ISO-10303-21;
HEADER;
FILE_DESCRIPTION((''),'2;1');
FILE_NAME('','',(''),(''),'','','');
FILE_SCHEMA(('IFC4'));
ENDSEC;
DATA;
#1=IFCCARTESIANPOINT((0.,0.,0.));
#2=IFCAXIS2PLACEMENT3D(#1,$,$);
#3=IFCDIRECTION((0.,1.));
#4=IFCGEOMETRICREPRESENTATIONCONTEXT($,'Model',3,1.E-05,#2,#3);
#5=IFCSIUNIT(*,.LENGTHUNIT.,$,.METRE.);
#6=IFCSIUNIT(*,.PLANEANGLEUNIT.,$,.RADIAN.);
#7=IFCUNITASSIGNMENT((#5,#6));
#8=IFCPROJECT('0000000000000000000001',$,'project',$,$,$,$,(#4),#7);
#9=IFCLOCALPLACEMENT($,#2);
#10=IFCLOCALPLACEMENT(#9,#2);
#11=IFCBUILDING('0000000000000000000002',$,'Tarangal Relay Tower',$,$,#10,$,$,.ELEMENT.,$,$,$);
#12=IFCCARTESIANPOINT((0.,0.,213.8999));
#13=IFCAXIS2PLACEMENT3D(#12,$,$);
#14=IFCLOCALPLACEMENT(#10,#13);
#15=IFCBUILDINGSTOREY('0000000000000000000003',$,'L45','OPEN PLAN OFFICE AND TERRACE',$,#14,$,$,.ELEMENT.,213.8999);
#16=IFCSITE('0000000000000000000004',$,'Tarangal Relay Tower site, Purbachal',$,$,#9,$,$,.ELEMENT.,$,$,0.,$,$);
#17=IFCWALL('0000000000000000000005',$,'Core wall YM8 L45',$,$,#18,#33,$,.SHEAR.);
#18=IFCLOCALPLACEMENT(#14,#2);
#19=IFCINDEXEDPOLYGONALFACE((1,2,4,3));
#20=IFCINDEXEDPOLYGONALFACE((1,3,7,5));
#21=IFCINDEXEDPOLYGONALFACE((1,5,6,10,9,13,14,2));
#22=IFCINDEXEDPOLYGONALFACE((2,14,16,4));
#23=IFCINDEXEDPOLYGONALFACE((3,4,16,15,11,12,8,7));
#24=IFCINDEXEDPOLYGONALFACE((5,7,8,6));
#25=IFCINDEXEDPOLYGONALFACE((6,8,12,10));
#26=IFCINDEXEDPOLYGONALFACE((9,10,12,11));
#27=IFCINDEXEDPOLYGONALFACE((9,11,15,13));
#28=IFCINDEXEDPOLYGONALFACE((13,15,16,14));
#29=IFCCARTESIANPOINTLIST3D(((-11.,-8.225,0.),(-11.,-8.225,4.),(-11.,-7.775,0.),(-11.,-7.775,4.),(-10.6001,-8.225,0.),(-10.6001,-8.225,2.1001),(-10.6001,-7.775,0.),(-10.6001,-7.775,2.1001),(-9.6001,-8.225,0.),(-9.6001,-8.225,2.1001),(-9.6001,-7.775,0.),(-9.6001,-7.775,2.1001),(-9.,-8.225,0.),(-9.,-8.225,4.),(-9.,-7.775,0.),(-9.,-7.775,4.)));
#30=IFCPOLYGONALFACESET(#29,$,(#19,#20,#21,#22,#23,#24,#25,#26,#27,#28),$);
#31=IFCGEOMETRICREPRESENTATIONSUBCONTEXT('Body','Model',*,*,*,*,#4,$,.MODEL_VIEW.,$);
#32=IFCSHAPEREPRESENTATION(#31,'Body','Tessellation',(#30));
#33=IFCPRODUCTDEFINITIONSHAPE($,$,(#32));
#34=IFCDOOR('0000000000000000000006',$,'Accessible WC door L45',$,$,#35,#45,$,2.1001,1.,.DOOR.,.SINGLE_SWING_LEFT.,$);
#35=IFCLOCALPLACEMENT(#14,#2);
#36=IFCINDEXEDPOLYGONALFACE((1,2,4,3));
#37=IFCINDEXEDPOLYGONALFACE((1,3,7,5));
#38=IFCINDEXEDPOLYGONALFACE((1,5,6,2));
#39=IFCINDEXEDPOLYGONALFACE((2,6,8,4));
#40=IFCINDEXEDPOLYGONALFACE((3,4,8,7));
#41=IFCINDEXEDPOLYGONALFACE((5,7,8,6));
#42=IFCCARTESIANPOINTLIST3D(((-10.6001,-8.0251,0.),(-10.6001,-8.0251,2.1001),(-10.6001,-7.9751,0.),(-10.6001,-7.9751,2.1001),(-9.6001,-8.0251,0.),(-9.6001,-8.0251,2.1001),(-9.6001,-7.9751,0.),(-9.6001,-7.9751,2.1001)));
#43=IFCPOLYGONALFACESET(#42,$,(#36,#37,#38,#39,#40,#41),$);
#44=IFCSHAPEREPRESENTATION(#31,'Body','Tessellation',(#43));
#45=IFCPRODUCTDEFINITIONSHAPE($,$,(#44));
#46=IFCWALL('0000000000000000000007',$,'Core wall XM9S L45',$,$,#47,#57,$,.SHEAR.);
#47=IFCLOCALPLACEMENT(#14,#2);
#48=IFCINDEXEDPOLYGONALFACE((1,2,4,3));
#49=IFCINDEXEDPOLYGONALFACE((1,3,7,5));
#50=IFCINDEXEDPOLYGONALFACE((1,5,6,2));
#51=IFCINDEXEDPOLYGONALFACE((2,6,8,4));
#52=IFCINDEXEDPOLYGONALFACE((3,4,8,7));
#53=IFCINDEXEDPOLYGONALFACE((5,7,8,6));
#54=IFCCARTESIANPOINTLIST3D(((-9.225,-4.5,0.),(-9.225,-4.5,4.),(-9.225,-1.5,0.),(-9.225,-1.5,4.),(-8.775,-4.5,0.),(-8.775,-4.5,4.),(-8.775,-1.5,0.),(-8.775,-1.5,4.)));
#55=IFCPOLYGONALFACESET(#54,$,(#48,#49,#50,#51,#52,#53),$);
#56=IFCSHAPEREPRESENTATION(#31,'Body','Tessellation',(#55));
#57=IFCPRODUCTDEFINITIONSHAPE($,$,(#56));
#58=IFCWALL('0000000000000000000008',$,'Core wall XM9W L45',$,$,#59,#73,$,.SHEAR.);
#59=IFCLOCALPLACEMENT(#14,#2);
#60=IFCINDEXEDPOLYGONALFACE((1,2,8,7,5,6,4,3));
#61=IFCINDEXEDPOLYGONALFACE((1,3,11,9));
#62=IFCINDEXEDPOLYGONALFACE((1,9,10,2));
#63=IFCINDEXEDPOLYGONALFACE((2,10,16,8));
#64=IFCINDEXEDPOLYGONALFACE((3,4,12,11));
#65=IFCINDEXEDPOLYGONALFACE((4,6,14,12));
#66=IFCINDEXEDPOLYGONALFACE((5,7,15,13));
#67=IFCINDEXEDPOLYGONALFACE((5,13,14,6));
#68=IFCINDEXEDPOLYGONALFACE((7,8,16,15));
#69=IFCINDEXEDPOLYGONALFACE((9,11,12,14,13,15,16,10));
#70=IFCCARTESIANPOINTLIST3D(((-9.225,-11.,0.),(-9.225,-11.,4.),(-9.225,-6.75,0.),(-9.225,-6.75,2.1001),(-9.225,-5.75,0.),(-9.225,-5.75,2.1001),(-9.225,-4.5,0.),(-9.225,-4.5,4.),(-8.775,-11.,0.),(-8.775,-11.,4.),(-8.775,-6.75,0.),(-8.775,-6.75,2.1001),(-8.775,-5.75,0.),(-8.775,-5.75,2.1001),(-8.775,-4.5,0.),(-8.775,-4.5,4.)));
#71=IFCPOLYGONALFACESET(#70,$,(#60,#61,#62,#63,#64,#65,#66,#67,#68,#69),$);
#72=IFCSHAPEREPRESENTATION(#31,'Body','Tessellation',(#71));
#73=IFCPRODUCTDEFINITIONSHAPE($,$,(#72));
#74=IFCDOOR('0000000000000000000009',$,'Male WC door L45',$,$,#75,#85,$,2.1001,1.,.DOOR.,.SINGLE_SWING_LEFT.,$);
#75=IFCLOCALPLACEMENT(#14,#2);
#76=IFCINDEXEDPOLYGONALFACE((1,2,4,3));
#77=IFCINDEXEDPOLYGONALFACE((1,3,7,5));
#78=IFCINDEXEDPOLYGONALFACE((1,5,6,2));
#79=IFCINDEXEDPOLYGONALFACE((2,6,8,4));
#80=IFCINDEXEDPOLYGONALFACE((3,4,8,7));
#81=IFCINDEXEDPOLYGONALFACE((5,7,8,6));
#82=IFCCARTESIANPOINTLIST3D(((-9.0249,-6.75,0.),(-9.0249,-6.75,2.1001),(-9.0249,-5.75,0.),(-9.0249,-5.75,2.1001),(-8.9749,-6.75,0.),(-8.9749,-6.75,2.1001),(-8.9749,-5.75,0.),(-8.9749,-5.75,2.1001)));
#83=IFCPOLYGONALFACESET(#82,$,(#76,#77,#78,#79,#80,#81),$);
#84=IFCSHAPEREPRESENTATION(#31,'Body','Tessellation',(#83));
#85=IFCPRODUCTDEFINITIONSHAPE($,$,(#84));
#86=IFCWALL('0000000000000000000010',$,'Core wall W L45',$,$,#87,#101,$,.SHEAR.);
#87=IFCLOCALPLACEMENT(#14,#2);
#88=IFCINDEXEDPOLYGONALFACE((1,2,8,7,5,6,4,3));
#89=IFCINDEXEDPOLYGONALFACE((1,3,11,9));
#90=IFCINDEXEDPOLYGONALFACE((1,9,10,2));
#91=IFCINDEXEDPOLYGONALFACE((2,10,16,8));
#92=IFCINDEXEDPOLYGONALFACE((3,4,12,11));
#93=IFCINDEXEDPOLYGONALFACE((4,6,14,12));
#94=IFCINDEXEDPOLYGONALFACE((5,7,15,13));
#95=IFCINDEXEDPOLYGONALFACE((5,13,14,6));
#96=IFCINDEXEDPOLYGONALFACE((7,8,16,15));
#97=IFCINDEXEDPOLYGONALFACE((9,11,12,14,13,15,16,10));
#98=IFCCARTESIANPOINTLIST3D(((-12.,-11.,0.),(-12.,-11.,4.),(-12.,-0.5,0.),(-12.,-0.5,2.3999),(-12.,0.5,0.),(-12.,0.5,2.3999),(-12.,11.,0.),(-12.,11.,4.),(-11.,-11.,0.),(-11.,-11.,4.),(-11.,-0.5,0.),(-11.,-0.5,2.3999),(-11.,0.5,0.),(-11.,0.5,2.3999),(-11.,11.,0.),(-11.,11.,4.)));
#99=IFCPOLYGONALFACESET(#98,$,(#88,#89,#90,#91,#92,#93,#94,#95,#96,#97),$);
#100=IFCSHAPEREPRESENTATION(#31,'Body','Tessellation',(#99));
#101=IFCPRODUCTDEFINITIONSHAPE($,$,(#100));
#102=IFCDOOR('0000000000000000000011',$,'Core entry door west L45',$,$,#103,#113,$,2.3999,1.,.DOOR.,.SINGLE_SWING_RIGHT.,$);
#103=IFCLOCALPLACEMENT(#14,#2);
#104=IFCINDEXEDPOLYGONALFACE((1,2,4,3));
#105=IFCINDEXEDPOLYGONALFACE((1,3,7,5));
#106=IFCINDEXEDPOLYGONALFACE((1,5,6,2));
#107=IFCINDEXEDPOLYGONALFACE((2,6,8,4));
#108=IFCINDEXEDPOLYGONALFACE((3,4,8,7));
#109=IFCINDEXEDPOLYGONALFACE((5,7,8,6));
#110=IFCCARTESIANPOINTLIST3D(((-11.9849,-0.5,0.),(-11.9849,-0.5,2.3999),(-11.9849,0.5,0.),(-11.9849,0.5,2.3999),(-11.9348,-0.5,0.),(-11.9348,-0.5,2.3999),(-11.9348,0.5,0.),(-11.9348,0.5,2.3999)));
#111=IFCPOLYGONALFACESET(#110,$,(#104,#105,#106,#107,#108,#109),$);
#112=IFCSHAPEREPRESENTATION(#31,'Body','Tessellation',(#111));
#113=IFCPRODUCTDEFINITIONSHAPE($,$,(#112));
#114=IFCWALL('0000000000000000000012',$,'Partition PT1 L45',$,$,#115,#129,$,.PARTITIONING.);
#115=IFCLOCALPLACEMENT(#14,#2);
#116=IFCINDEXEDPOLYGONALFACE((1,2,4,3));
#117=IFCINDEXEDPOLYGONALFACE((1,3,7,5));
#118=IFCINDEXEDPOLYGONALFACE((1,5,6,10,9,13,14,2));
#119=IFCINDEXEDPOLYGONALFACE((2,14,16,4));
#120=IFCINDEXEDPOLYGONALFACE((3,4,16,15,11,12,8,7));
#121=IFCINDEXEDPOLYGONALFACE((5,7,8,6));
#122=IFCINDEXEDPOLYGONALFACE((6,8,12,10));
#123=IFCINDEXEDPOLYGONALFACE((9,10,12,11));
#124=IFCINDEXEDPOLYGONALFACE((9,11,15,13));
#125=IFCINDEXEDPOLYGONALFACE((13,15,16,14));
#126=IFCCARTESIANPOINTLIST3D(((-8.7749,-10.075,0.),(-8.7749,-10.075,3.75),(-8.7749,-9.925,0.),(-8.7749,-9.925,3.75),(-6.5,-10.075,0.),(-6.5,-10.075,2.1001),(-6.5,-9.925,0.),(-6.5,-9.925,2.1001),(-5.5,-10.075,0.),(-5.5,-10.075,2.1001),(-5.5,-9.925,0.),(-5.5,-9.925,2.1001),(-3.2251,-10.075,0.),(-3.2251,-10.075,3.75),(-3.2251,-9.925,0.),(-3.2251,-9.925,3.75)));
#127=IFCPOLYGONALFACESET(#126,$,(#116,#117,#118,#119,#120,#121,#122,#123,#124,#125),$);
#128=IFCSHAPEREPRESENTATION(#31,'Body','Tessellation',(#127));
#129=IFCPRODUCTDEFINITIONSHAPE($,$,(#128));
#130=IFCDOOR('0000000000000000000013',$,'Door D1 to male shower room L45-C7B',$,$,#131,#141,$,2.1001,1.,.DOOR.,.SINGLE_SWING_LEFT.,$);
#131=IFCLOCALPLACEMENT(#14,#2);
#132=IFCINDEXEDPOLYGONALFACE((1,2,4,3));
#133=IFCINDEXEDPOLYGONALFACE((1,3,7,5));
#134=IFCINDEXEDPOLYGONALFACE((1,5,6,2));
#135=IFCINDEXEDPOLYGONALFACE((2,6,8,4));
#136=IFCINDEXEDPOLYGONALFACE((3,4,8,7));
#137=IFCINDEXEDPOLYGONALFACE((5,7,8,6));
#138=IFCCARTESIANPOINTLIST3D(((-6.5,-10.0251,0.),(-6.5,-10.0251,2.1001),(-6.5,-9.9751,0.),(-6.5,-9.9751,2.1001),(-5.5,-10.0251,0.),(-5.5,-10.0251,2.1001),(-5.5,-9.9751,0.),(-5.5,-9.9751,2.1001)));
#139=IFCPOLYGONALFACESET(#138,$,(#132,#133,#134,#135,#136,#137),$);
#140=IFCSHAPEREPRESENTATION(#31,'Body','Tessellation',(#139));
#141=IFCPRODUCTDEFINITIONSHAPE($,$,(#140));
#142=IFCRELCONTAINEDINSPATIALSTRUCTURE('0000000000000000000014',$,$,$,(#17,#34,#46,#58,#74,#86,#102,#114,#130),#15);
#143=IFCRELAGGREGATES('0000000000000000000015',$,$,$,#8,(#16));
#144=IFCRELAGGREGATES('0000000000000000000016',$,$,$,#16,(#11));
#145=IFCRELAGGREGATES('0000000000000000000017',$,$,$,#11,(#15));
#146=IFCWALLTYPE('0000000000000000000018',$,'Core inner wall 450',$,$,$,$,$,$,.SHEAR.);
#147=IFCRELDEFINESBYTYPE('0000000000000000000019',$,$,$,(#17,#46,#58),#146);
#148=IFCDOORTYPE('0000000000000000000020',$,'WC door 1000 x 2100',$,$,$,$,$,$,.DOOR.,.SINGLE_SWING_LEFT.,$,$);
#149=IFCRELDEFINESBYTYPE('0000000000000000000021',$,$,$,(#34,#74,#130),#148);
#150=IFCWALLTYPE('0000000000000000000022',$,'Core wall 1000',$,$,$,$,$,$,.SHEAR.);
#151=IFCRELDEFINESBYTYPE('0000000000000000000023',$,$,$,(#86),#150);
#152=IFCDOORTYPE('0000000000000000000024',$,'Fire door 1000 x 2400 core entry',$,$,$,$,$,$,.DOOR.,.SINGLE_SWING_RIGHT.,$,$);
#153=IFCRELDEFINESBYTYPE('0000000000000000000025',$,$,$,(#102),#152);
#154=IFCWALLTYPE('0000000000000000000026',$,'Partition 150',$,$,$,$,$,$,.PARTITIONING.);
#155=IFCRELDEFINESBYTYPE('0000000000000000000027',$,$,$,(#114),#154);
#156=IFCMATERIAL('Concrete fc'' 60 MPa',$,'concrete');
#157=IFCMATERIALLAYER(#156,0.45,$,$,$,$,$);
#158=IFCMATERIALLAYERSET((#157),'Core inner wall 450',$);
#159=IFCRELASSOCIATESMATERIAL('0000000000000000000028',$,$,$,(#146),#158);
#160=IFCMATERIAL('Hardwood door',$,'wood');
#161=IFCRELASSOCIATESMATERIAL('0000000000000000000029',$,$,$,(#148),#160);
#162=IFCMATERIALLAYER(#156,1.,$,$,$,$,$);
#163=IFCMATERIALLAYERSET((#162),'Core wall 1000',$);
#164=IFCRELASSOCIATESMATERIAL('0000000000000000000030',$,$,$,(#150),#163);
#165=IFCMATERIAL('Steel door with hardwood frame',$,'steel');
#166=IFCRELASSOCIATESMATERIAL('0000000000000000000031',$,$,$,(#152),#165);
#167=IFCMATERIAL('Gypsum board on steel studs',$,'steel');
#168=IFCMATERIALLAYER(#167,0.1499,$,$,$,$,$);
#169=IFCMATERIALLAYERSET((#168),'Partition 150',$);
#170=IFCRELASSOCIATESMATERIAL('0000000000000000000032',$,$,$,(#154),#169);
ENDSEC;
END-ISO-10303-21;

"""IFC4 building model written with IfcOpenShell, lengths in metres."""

from ifc_helpers import new_model, si_unit, direction, frame, frame_2d, origin, place, context, subcontext, project, spatial, rectangle, extrude, material, layer, layer_set, type_object, element, fill, save


model = new_model("IFC4")

# Units and contexts
model_context = context("Model", 3, precision=1e-05, world=origin(), true_north=direction((0.0, 1.0)))
body_context = subcontext(model_context, "Body", "Model", "MODEL_VIEW")
ifc_project = project(units=[si_unit("LENGTHUNIT", "METRE"), si_unit("PLANEANGLEUNIT", "RADIAN")], contexts=[model_context])

# Site, building, storey
site_placement = place(None, origin())
site = spatial("IfcSite", under=ifc_project, at=site_placement, Name="Tarangal Relay Tower site, Purbachal", CompositionType="ELEMENT", RefElevation=0.0)
building_placement = place(site_placement, origin())
building = spatial("IfcBuilding", under=site, at=building_placement, Name="Tarangal Relay Tower", CompositionType="ELEMENT")
storey_placement = place(building_placement, frame((0.0, 0.0, 213.8999)))
storey = spatial("IfcBuildingStorey", under=building, at=storey_placement, Name="L45", Description="OPEN PLAN OFFICE AND TERRACE", CompositionType="ELEMENT", Elevation=213.8999)

# Shared definitions
ifc_material_1 = material(Name="Concrete fc' 60 MPa", Category="concrete")
ifc_layer_1 = layer(ifc_material_1, 0.45)
ifc_layer_set_1 = layer_set([ifc_layer_1], Name="Core inner wall 450")
wall_type_1 = type_object("IfcWallType", Name="Core inner wall 450", PredefinedType="SHEAR", material=ifc_layer_set_1)
ifc_material_2 = material(Name="Steel door with hardwood frame", Category="steel")

# Wall, opening, door
wall_1_placement = place(storey_placement, frame((-11.0, -8.0, 0.0), z_axis=(0.0, 0.0, 1.0), x_axis=(1.0, 0.0, 0.0)))
wall_1 = element("IfcWall", 1, at=wall_1_placement, inside=storey, type_object=wall_type_1, Name="Core wall YM8 L45", PredefinedType="SHEAR", context=body_context, shape_type="SweptSolid", body=[
    extrude(rectangle(XDim=2.0, YDim=0.45, at=frame_2d((1.0, 0.0))), origin(), (0.0, 0.0, 1.0), 4.0),
])
opening_1_placement = place(wall_1_placement, frame((0.3999, 0.0, 0.0)))
opening_1 = element("IfcOpeningElement", 2, at=opening_1_placement, cuts=wall_1, PredefinedType="OPENING", context=body_context, shape_type="SweptSolid", body=[
    extrude(rectangle(XDim=1.0, YDim=2.1001, at=frame_2d((0.5, 1.05))), frame((0.0, 0.2349, 0.0), z_axis=(0.0, -1.0, 0.0), x_axis=(1.0, 0.0, 0.0)), (0.0, 0.0, 1.0), 0.47),
])
ifc_material_3 = material(Name="Hardwood door", Category="wood")
door_type_1 = type_object("IfcDoorType", Name="WC door 1000 x 2100", OperationType="SINGLE_SWING_LEFT", PredefinedType="DOOR", material=ifc_material_3)
door_1_placement = place(opening_1_placement, origin())
door_1 = element("IfcDoor", 3, at=door_1_placement, inside=storey, type_object=door_type_1, Name="Accessible WC door L45", OperationType="SINGLE_SWING_LEFT", OverallHeight=2.1001, OverallWidth=1.0, PredefinedType="DOOR", context=body_context, shape_type="SweptSolid", body=[
    extrude(rectangle(XDim=1.0, YDim=2.1001, at=frame_2d((0.5, 1.05))), frame((0.0, 0.0249, 0.0), z_axis=(0.0, -1.0, 0.0), x_axis=(1.0, 0.0, 0.0)), (0.0, 0.0, 1.0), 0.05),
])
fill(opening_1, door_1)

# Wall
wall_2_placement = place(storey_placement, frame((-9.0, -4.5, 0.0), z_axis=(0.0, 0.0, 1.0), x_axis=(0.0, 1.0, 0.0)))
element("IfcWall", 4, at=wall_2_placement, inside=storey, type_object=wall_type_1, Name="Core wall XM9S L45", PredefinedType="SHEAR", context=body_context, shape_type="SweptSolid", body=[
    extrude(rectangle(XDim=3.0, YDim=0.45, at=frame_2d((1.5, 0.0))), origin(), (0.0, 0.0, 1.0), 4.0),
])

# Walls, openings, doors
wall_3_placement = place(storey_placement, frame((-9.0, -11.0, 0.0), z_axis=(0.0, 0.0, 1.0), x_axis=(0.0, 1.0, 0.0)))
wall_3 = element("IfcWall", 5, at=wall_3_placement, inside=storey, type_object=wall_type_1, Name="Core wall XM9W L45", PredefinedType="SHEAR", context=body_context, shape_type="SweptSolid", body=[
    extrude(rectangle(XDim=6.5, YDim=0.45, at=frame_2d((3.25, 0.0))), origin(), (0.0, 0.0, 1.0), 4.0),
])
opening_2_placement = place(wall_3_placement, frame((4.25, 0.0, 0.0)))
opening_2 = element("IfcOpeningElement", 6, at=opening_2_placement, cuts=wall_3, PredefinedType="OPENING", context=body_context, shape_type="SweptSolid", body=[
    extrude(rectangle(XDim=1.0, YDim=2.1001, at=frame_2d((0.5, 1.05))), frame((0.0, 0.2349, 0.0), z_axis=(0.0, -1.0, 0.0), x_axis=(1.0, 0.0, 0.0)), (0.0, 0.0, 1.0), 0.47),
])
door_2_placement = place(opening_2_placement, origin())
door_2 = element("IfcDoor", 7, at=door_2_placement, inside=storey, type_object=door_type_1, Name="Male WC door L45", OperationType="SINGLE_SWING_LEFT", OverallHeight=2.1001, OverallWidth=1.0, PredefinedType="DOOR", context=body_context, shape_type="SweptSolid", body=[
    extrude(rectangle(XDim=1.0, YDim=2.1001, at=frame_2d((0.5, 1.05))), frame((0.0, 0.0249, 0.0), z_axis=(0.0, -1.0, 0.0), x_axis=(1.0, 0.0, 0.0)), (0.0, 0.0, 1.0), 0.05),
])
fill(opening_2, door_2)
ifc_layer_2 = layer(ifc_material_1, 1.0)
ifc_layer_set_2 = layer_set([ifc_layer_2], Name="Core wall 1000")
wall_type_2 = type_object("IfcWallType", Name="Core wall 1000", PredefinedType="SHEAR", material=ifc_layer_set_2)
wall_4_placement = place(storey_placement, frame((-11.5, -11.0, 0.0), z_axis=(0.0, 0.0, 1.0), x_axis=(0.0, 1.0, 0.0)))
wall_4 = element("IfcWall", 8, at=wall_4_placement, inside=storey, type_object=wall_type_2, Name="Core wall W L45", PredefinedType="SHEAR", context=body_context, shape_type="SweptSolid", body=[
    extrude(rectangle(XDim=22.0, YDim=1.0, at=frame_2d((11.0, 0.0))), origin(), (0.0, 0.0, 1.0), 4.0),
])
opening_3_placement = place(wall_4_placement, frame((10.5, 0.0, 0.0)))
opening_3 = element("IfcOpeningElement", 9, at=opening_3_placement, cuts=wall_4, PredefinedType="OPENING", context=body_context, shape_type="SweptSolid", body=[
    extrude(rectangle(XDim=1.0, YDim=2.3999, at=frame_2d((0.5, 1.2))), frame((0.0, 0.51, 0.0), z_axis=(0.0, -1.0, 0.0), x_axis=(1.0, 0.0, 0.0)), (0.0, 0.0, 1.0), 1.02),
])
door_type_2 = type_object("IfcDoorType", Name="Fire door 1000 x 2400 core entry", OperationType="SINGLE_SWING_RIGHT", PredefinedType="DOOR", material=ifc_material_2)
door_3_placement = place(opening_3_placement, origin())
door_3 = element("IfcDoor", 10, at=door_3_placement, inside=storey, type_object=door_type_2, Name="Core entry door west L45", OperationType="SINGLE_SWING_RIGHT", OverallHeight=2.3999, OverallWidth=1.0, PredefinedType="DOOR", context=body_context, shape_type="SweptSolid", body=[
    extrude(rectangle(XDim=1.0, YDim=2.3999, at=frame_2d((0.5, 1.2))), frame((0.0, 0.4849, 0.0), z_axis=(0.0, -1.0, 0.0), x_axis=(1.0, 0.0, 0.0)), (0.0, 0.0, 1.0), 0.05),
])
fill(opening_3, door_3)
ifc_material_4 = material(Name="Gypsum board on steel studs", Category="steel")
ifc_layer_3 = layer(ifc_material_4, 0.1499)
ifc_layer_set_3 = layer_set([ifc_layer_3], Name="Partition 150")
wall_type_3 = type_object("IfcWallType", Name="Partition 150", PredefinedType="PARTITIONING", material=ifc_layer_set_3)
wall_5_placement = place(storey_placement, frame((-8.7749, -10.0, 0.0), z_axis=(0.0, 0.0, 1.0), x_axis=(1.0, 0.0, 0.0)))
wall_5 = element("IfcWall", 11, at=wall_5_placement, inside=storey, type_object=wall_type_3, Name="Partition PT1 L45", PredefinedType="PARTITIONING", context=body_context, shape_type="SweptSolid", body=[
    extrude(rectangle(XDim=5.5498, YDim=0.1499, at=frame_2d((2.7749, 0.0))), origin(), (0.0, 0.0, 1.0), 3.75),
])
opening_4_placement = place(wall_5_placement, frame((2.2749, 0.0, 0.0)))
opening_4 = element("IfcOpeningElement", 12, at=opening_4_placement, cuts=wall_5, PredefinedType="OPENING", context=body_context, shape_type="SweptSolid", body=[
    extrude(rectangle(XDim=1.0, YDim=2.1001, at=frame_2d((0.5, 1.05))), frame((0.0, 0.085, 0.0), z_axis=(0.0, -1.0, 0.0), x_axis=(1.0, 0.0, 0.0)), (0.0, 0.0, 1.0), 0.1699),
])
door_4_placement = place(opening_4_placement, origin())
door_4 = element("IfcDoor", 13, at=door_4_placement, inside=storey, type_object=door_type_1, Name="Door D1 to male shower room L45-C7B", OperationType="SINGLE_SWING_LEFT", OverallHeight=2.1001, OverallWidth=1.0, PredefinedType="DOOR", context=body_context, shape_type="SweptSolid", body=[
    extrude(rectangle(XDim=1.0, YDim=2.1001, at=frame_2d((0.5, 1.05))), frame((0.0, 0.0249, 0.0), z_axis=(0.0, -1.0, 0.0), x_axis=(1.0, 0.0, 0.0)), (0.0, 0.0, 1.0), 0.05),
])
fill(opening_4, door_4)

save(model, "model.ifc")
